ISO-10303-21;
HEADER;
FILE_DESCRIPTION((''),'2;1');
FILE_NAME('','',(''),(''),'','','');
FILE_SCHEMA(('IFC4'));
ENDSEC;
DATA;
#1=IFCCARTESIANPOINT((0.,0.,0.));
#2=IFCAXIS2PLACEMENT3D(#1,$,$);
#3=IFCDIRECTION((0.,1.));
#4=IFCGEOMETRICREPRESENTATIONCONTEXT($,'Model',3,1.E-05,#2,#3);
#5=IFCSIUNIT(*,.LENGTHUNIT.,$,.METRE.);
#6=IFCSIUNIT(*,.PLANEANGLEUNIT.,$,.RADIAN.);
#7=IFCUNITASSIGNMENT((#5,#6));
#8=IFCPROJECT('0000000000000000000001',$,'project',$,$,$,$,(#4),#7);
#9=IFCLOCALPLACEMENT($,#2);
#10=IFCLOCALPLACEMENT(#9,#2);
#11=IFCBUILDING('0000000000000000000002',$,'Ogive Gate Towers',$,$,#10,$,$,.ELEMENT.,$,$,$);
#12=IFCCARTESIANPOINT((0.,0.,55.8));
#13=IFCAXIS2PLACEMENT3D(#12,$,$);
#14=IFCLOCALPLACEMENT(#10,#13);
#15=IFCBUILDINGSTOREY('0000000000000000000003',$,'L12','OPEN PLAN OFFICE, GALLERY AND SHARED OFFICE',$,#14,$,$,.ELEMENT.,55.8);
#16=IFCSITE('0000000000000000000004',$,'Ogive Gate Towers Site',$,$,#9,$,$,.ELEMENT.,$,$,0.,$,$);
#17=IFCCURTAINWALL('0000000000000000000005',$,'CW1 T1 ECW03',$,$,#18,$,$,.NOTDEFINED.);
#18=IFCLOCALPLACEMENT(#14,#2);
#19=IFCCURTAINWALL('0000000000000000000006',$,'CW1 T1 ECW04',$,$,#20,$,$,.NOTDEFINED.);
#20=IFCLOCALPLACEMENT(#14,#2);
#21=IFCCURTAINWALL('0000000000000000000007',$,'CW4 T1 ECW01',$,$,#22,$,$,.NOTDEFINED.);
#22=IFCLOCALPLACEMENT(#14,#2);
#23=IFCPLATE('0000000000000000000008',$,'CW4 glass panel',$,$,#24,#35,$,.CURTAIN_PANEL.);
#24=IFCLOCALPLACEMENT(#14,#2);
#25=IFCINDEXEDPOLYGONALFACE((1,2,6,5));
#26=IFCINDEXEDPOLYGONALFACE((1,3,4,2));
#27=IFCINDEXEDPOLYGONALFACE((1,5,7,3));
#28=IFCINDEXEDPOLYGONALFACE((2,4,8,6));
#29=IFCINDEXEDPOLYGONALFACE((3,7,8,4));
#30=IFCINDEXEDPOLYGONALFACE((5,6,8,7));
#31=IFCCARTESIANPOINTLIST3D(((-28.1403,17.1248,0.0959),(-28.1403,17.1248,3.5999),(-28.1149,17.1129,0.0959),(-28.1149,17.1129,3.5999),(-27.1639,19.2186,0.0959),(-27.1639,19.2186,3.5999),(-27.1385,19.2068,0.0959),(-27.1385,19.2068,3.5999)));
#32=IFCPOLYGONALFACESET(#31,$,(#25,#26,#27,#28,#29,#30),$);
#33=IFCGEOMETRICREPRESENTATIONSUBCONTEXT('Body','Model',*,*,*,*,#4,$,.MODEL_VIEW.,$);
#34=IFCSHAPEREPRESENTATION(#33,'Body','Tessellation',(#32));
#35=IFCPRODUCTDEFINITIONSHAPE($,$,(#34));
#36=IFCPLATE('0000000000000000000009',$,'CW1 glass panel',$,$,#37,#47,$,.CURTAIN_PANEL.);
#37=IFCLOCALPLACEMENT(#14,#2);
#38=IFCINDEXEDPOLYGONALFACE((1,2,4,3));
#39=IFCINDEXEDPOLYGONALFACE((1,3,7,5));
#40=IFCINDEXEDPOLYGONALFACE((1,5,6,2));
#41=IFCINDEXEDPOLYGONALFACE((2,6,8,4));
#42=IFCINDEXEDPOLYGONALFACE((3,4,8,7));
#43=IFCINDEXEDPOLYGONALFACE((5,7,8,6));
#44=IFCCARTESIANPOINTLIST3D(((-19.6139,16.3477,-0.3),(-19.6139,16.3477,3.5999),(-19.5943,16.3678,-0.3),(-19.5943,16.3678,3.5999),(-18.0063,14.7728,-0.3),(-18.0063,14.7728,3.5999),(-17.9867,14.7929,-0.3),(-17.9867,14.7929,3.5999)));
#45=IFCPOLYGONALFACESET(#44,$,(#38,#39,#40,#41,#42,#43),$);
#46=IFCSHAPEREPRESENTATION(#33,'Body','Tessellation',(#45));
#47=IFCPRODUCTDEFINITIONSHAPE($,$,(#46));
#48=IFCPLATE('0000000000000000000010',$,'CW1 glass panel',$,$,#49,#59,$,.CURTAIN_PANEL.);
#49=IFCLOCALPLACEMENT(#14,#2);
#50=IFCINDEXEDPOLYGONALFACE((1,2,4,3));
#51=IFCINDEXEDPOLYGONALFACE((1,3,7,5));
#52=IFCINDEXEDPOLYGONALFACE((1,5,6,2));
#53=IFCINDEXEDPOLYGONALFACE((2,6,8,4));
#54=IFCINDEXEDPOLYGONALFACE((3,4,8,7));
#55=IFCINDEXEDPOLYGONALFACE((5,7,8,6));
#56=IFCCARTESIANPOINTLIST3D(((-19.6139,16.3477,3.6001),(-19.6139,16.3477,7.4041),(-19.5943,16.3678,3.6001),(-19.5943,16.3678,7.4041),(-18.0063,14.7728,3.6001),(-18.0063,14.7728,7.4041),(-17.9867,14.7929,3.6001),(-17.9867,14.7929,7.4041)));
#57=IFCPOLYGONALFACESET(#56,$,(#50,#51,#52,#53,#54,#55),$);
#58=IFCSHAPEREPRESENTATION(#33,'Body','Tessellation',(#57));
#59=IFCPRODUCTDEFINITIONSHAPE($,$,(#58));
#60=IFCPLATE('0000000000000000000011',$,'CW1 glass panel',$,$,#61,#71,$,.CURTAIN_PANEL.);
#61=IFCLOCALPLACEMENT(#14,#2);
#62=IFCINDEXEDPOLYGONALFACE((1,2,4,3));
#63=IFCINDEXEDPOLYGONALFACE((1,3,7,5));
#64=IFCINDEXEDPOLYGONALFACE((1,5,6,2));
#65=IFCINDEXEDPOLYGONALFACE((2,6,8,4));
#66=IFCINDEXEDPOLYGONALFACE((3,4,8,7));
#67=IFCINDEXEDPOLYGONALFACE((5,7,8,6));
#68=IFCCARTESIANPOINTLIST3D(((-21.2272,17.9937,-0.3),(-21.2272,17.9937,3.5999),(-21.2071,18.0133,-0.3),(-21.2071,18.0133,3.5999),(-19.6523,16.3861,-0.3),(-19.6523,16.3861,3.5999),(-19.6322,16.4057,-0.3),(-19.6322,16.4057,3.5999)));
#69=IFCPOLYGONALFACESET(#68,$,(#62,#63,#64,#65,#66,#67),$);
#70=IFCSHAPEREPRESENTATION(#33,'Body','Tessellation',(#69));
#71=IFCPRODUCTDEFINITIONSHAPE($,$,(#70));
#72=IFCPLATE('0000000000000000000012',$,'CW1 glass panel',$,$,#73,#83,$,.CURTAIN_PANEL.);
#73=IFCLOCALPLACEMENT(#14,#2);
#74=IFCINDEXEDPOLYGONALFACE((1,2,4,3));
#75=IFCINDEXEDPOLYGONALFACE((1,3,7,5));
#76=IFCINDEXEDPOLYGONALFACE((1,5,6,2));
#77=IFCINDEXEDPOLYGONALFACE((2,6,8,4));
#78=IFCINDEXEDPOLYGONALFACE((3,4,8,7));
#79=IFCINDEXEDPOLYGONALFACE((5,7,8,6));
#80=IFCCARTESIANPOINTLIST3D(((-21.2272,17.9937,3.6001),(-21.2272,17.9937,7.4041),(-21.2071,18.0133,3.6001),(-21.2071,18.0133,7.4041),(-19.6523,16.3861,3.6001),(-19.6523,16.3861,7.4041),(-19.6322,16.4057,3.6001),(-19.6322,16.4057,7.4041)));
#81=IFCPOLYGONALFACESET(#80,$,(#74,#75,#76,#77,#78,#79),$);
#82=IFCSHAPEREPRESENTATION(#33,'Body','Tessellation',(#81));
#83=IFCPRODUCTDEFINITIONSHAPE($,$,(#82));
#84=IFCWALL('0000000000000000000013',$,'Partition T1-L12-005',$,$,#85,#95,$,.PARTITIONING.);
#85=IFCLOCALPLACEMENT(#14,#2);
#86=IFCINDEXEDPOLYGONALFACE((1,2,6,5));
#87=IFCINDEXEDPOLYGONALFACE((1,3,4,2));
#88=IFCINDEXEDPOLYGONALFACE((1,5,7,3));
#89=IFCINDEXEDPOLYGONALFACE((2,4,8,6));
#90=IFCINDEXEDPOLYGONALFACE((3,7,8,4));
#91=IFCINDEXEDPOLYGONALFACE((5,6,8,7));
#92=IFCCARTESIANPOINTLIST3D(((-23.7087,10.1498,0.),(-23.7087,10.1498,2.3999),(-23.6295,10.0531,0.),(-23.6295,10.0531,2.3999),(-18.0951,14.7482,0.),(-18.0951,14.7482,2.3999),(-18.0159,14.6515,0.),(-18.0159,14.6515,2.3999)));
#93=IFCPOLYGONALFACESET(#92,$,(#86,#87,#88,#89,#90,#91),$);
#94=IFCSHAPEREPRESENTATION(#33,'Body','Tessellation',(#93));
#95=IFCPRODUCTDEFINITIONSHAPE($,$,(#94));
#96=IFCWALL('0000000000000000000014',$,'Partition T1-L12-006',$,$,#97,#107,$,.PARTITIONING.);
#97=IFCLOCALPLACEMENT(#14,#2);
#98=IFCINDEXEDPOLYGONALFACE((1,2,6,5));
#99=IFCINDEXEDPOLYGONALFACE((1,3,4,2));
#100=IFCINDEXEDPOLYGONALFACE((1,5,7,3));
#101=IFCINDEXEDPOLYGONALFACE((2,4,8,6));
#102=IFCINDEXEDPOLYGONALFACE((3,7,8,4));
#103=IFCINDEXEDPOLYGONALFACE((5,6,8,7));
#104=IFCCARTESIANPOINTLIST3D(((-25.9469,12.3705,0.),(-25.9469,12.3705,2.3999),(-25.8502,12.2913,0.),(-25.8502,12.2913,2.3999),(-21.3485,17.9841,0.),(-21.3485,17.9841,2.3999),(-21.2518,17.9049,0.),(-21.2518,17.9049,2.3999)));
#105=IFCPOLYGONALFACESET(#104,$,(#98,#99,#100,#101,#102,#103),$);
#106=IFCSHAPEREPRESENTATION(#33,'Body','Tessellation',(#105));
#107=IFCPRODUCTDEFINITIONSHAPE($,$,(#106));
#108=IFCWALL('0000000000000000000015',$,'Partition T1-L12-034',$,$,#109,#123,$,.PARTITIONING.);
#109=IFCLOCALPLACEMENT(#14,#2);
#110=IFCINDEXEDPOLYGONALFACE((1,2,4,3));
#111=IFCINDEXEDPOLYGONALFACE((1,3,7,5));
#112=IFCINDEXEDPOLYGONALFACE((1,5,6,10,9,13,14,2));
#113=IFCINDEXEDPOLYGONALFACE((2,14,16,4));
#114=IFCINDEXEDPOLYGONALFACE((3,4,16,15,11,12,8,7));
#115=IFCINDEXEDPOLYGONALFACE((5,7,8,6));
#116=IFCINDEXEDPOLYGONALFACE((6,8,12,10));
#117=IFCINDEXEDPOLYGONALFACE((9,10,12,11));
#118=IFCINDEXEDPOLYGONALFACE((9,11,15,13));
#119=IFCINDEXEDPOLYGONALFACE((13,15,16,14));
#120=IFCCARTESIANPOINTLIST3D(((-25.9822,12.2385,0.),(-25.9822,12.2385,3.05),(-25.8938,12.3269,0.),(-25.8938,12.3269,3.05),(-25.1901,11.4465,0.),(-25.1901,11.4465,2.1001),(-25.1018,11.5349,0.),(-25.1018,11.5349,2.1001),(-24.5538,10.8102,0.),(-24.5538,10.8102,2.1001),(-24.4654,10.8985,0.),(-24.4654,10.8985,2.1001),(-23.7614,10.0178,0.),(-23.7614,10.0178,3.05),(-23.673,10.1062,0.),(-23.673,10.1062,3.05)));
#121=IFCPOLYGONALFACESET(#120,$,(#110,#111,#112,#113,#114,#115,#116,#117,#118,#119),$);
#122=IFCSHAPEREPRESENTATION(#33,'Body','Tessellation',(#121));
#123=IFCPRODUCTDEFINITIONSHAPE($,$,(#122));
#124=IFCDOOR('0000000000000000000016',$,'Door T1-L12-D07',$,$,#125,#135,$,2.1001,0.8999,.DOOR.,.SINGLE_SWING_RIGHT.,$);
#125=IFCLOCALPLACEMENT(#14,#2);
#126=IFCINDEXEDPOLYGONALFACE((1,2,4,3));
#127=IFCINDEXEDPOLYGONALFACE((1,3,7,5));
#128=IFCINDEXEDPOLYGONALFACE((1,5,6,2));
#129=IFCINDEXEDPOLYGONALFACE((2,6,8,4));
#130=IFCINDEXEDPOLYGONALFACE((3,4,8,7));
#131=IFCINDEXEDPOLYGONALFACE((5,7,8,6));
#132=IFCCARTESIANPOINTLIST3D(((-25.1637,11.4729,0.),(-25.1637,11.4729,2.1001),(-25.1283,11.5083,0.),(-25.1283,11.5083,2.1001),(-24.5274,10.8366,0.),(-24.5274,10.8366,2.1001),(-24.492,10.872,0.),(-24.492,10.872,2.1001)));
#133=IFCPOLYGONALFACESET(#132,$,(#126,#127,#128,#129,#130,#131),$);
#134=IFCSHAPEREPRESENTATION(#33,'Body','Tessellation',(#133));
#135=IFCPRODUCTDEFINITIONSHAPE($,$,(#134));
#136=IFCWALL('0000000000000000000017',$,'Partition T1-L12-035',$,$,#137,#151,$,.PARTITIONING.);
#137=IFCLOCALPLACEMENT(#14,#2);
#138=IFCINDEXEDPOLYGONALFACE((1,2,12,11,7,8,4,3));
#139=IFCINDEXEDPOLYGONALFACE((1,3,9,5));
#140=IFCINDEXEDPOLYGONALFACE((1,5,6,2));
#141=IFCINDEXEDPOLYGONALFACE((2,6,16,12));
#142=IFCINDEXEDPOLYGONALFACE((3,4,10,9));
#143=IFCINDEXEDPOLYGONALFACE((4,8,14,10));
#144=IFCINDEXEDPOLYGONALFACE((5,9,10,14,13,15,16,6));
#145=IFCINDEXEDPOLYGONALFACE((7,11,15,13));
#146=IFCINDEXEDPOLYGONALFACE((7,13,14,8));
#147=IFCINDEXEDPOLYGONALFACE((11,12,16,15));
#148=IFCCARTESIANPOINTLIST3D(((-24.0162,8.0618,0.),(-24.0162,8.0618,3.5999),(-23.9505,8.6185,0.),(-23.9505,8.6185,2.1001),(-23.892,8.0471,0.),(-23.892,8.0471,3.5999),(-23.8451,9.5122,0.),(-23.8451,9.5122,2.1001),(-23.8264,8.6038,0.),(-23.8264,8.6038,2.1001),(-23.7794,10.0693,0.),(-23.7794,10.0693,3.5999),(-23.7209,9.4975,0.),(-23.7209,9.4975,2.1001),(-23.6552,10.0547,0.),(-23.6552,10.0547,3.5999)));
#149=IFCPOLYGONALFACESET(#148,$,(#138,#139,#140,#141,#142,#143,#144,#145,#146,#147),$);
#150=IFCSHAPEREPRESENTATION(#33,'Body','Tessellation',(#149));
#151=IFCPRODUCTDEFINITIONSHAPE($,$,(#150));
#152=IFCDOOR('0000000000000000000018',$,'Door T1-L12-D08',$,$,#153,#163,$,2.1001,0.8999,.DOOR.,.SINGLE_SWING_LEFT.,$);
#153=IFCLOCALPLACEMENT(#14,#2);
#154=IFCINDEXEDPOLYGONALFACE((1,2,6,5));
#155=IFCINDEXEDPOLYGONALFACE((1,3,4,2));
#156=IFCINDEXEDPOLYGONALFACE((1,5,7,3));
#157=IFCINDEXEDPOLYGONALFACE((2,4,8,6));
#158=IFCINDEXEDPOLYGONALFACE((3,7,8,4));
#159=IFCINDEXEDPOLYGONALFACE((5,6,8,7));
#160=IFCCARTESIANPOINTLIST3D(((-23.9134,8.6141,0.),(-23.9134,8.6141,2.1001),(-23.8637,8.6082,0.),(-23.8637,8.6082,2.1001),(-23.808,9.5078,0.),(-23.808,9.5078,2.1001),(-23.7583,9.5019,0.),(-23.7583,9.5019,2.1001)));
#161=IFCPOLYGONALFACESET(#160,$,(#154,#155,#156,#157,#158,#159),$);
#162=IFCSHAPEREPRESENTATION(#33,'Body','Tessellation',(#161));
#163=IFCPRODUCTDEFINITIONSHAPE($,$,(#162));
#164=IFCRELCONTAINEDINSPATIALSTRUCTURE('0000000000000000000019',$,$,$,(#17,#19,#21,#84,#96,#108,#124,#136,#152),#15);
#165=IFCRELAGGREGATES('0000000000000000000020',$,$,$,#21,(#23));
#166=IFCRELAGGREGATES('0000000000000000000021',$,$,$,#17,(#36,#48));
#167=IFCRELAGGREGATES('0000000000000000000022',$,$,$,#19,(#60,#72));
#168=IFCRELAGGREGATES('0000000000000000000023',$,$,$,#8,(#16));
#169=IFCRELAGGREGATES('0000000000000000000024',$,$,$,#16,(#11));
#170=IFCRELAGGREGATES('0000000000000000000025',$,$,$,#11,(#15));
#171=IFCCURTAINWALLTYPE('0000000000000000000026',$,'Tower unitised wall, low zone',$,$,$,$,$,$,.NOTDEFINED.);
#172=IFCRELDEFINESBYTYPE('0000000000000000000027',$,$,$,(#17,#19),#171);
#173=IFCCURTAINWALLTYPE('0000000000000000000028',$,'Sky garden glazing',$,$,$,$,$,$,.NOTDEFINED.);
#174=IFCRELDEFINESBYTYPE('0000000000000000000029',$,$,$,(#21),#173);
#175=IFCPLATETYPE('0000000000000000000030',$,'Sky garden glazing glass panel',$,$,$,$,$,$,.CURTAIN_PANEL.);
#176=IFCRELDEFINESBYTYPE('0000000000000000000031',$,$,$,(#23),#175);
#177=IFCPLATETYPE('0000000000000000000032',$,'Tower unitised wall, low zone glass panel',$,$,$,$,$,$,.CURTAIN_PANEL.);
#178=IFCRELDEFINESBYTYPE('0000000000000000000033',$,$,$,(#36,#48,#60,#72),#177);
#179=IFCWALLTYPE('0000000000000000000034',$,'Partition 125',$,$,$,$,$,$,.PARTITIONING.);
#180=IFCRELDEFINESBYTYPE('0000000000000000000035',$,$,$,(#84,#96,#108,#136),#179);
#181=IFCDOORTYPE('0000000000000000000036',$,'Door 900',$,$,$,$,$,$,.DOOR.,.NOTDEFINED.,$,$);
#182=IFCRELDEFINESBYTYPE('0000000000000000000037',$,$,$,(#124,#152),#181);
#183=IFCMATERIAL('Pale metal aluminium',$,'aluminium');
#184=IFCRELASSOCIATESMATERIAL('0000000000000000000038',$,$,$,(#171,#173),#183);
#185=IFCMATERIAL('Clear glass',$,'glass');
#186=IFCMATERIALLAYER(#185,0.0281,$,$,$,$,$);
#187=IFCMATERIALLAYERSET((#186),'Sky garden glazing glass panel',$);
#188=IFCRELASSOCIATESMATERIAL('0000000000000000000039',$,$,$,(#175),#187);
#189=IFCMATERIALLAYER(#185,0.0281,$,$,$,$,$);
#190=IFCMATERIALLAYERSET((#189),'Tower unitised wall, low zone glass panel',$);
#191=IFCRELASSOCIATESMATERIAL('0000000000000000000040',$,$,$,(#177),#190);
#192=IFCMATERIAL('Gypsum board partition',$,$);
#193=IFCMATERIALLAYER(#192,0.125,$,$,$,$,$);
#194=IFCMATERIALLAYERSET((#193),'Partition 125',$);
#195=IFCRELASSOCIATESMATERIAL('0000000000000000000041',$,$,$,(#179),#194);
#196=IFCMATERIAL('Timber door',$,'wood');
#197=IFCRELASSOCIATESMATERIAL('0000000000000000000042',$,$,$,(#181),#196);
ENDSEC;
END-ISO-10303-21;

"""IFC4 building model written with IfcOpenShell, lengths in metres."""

from ifc_helpers import new_model, si_unit, direction, frame, frame_2d, origin, origin_2d, place, context, subcontext, project, spatial, rectangle, extrude, material, layer, layer_set, type_object, element, fill, aggregate, save


model = new_model("IFC4")

# Units and contexts
model_context = context("Model", 3, precision=1e-05, world=origin(), true_north=direction((0.0, 1.0)))
body_context = subcontext(model_context, "Body", "Model", "MODEL_VIEW")
ifc_project = project(units=[si_unit("LENGTHUNIT", "METRE"), si_unit("PLANEANGLEUNIT", "RADIAN")], contexts=[model_context])

# Site, building, storey
site_placement = place(None, origin())
site = spatial("IfcSite", under=ifc_project, at=site_placement, Name="Ogive Gate Towers Site", CompositionType="ELEMENT", RefElevation=0.0)
building_placement = place(site_placement, origin())
building = spatial("IfcBuilding", under=site, at=building_placement, Name="Ogive Gate Towers", CompositionType="ELEMENT")
storey_placement = place(building_placement, frame((0.0, 0.0, 55.8)))
storey = spatial("IfcBuildingStorey", under=building, at=storey_placement, Name="L12", Description="OPEN PLAN OFFICE, GALLERY AND SHARED OFFICE", CompositionType="ELEMENT", Elevation=55.8)

# Curtain wall
ifc_material_1 = material(Name="Pale metal aluminium", Category="aluminium")
curtain_wall_type_1 = type_object("IfcCurtainWallType", Name="Tower unitised wall, low zone", PredefinedType="NOTDEFINED", material=ifc_material_1)
curtain_wall_1_placement = place(storey_placement, origin())
curtain_wall_1 = element("IfcCurtainWall", 1, at=curtain_wall_1_placement, inside=storey, type_object=curtain_wall_type_1, Name="CW1 T1 ECW03", PredefinedType="NOTDEFINED")

# Curtain wall
curtain_wall_2_placement = place(storey_placement, origin())
curtain_wall_2 = element("IfcCurtainWall", 2, at=curtain_wall_2_placement, inside=storey, type_object=curtain_wall_type_1, Name="CW1 T1 ECW04", PredefinedType="NOTDEFINED")

# Curtain wall, plate
curtain_wall_type_2 = type_object("IfcCurtainWallType", Name="Sky garden glazing", PredefinedType="NOTDEFINED", material=ifc_material_1)
curtain_wall_3_placement = place(storey_placement, origin())
curtain_wall_3 = element("IfcCurtainWall", 3, at=curtain_wall_3_placement, inside=storey, type_object=curtain_wall_type_2, Name="CW4 T1 ECW01", PredefinedType="NOTDEFINED")
ifc_material_2 = material(Name="Clear glass", Category="glass")
ifc_layer_1 = layer(ifc_material_2, 0.0281)
ifc_layer_set_1 = layer_set([ifc_layer_1], Name="Sky garden glazing glass panel")
plate_type_1 = type_object("IfcPlateType", Name="Sky garden glazing glass panel", PredefinedType="CURTAIN_PANEL", material=ifc_layer_set_1)
plate_1_placement = place(storey_placement, frame((-27.6394, 18.1658, 0.0959), z_axis=(0.0, 0.0, 1.0), x_axis=(0.422618, 0.906308, 0.0)))
plate_1 = element("IfcPlate", 4, at=plate_1_placement, type_object=plate_type_1, Name="CW4 glass panel", PredefinedType="CURTAIN_PANEL", context=body_context, shape_type="SweptSolid", body=[
    extrude(rectangle(XDim=2.3103, YDim=0.0281, at=origin_2d()), origin(), (0.0, 0.0, 1.0), 3.5039),
])
aggregate(curtain_wall_3, [plate_1])

# Plates
ifc_layer_2 = layer(ifc_material_2, 0.0281)
ifc_layer_set_2 = layer_set([ifc_layer_2], Name="Tower unitised wall, low zone glass panel")
plate_type_2 = type_object("IfcPlateType", Name="Tower unitised wall, low zone glass panel", PredefinedType="CURTAIN_PANEL", material=ifc_layer_set_2)
plate_2_placement = place(storey_placement, frame((-18.8003, 15.5703, -0.3), z_axis=(0.0, 0.0, 1.0), x_axis=(0.714338, -0.6998, 0.0)))
plate_2 = element("IfcPlate", 5, at=plate_2_placement, type_object=plate_type_2, Name="CW1 glass panel", PredefinedType="CURTAIN_PANEL", context=body_context, shape_type="SweptSolid", body=[
    extrude(rectangle(XDim=2.2505, YDim=0.0281, at=origin_2d()), origin(), (0.0, 0.0, 1.0), 3.8999),
])
plate_3_placement = place(storey_placement, frame((-18.8003, 15.5703, 3.6001), z_axis=(0.0, 0.0, 1.0), x_axis=(0.714338, -0.6998, 0.0)))
plate_3 = element("IfcPlate", 6, at=plate_3_placement, type_object=plate_type_2, Name="CW1 glass panel", PredefinedType="CURTAIN_PANEL", context=body_context, shape_type="SweptSolid", body=[
    extrude(rectangle(XDim=2.2505, YDim=0.0281, at=origin_2d()), origin(), (0.0, 0.0, 1.0), 3.804),
])
aggregate(curtain_wall_1, [plate_2, plate_3])
plate_4_placement = place(storey_placement, frame((-20.4297, 17.1997, -0.3), z_axis=(0.0, 0.0, 1.0), x_axis=(0.6998, -0.714338, 0.0)))
plate_4 = element("IfcPlate", 7, at=plate_4_placement, type_object=plate_type_2, Name="CW1 glass panel", PredefinedType="CURTAIN_PANEL", context=body_context, shape_type="SweptSolid", body=[
    extrude(rectangle(XDim=2.2505, YDim=0.0281, at=origin_2d()), origin(), (0.0, 0.0, 1.0), 3.8999),
])
plate_5_placement = place(storey_placement, frame((-20.4297, 17.1997, 3.6001), z_axis=(0.0, 0.0, 1.0), x_axis=(0.6998, -0.714338, 0.0)))
plate_5 = element("IfcPlate", 8, at=plate_5_placement, type_object=plate_type_2, Name="CW1 glass panel", PredefinedType="CURTAIN_PANEL", context=body_context, shape_type="SweptSolid", body=[
    extrude(rectangle(XDim=2.2505, YDim=0.0281, at=origin_2d()), origin(), (0.0, 0.0, 1.0), 3.804),
])
aggregate(curtain_wall_2, [plate_4, plate_5])

# Walls
ifc_material_3 = material(Name="Gypsum board partition")
ifc_layer_3 = layer(ifc_material_3, 0.125)
ifc_layer_set_3 = layer_set([ifc_layer_3], Name="Partition 125")
wall_type = type_object("IfcWallType", Name="Partition 125", PredefinedType="PARTITIONING", material=ifc_layer_set_3)
for number, where, z_axis, x_axis, name in (
    (9, (-18.0554, 14.7, 0.0), (0.0, 0.0, 1.0), (-0.773585, -0.633692, 0.0), "Partition T1-L12-005"),
    (10, (-21.3, 17.9446, 0.0), (0.0, 0.0, 1.0), (-0.633692, -0.773585, 0.0), "Partition T1-L12-006"),
):
    element("IfcWall", number, at=place(storey_placement, frame(where, z_axis=z_axis, x_axis=x_axis)), inside=storey, type_object=wall_type, Name=name, PredefinedType="PARTITIONING", context=body_context, shape_type="SweptSolid", body=[
        extrude(rectangle(XDim=7.2566, YDim=0.125, at=frame_2d((3.6284, 0.0))), origin(), (0.0, 0.0, 1.0), 2.3999),
    ])

# Walls, openings, doors
wall_1_placement = place(storey_placement, frame((-25.938, 12.2827, 0.0), z_axis=(0.0, 0.0, 1.0), x_axis=(0.707107, -0.707107, 0.0)))
wall_1 = element("IfcWall", 11, at=wall_1_placement, inside=storey, type_object=wall_type, Name="Partition T1-L12-034", PredefinedType="PARTITIONING", context=body_context, shape_type="SweptSolid", body=[
    extrude(rectangle(XDim=3.1406, YDim=0.125, at=frame_2d((1.5703, 0.0))), origin(), (0.0, 0.0, 1.0), 3.05),
])
opening_1_placement = place(wall_1_placement, frame((1.1201, 0.0, 0.0)))
opening_1 = element("IfcOpeningElement", 12, at=opening_1_placement, cuts=wall_1, PredefinedType="OPENING", context=body_context, shape_type="SweptSolid", body=[
    extrude(rectangle(XDim=0.8999, YDim=2.1001, at=frame_2d((0.45, 1.05))), frame((0.0, 0.0725, 0.0), z_axis=(0.0, -1.0, 0.0), x_axis=(1.0, 0.0, 0.0)), (0.0, 0.0, 1.0), 0.145),
])
ifc_material_4 = material(Name="Timber door", Category="wood")
door_type_1 = type_object("IfcDoorType", Name="Door 900", OperationType="NOTDEFINED", PredefinedType="DOOR", material=ifc_material_4)
door_1_placement = place(opening_1_placement, origin())
door_1 = element("IfcDoor", 13, at=door_1_placement, inside=storey, type_object=door_type_1, Name="Door T1-L12-D07", OperationType="SINGLE_SWING_RIGHT", OverallHeight=2.1001, OverallWidth=0.8999, PredefinedType="DOOR", context=body_context, shape_type="SweptSolid", body=[
    extrude(rectangle(XDim=0.8999, YDim=2.1001, at=frame_2d((0.45, 1.05))), frame((0.0, 0.0249, 0.0), z_axis=(0.0, -1.0, 0.0), x_axis=(1.0, 0.0, 0.0)), (0.0, 0.0, 1.0), 0.05),
])
fill(opening_1, door_1)
wall_2_placement = place(storey_placement, frame((-23.7173, 10.062, 0.0), z_axis=(0.0, 0.0, 1.0), x_axis=(-0.11715, -0.993114, 0.0)))
wall_2 = element("IfcWall", 14, at=wall_2_placement, inside=storey, type_object=wall_type, Name="Partition T1-L12-035", PredefinedType="PARTITIONING", context=body_context, shape_type="SweptSolid", body=[
    extrude(rectangle(XDim=2.0215, YDim=0.125, at=frame_2d((1.0107, 0.0))), origin(), (0.0, 0.0, 1.0), 3.5999),
])
opening_2_placement = place(wall_2_placement, frame((0.561, 0.0, 0.0)))
opening_2 = element("IfcOpeningElement", 15, at=opening_2_placement, cuts=wall_2, PredefinedType="OPENING", context=body_context, shape_type="SweptSolid", body=[
    extrude(rectangle(XDim=0.8999, YDim=2.1001, at=frame_2d((0.45, 1.05))), frame((0.0, 0.0725, 0.0), z_axis=(0.0, -1.0, 0.0), x_axis=(1.0, 0.0, 0.0)), (0.0, 0.0, 1.0), 0.145),
])
door_2_placement = place(opening_2_placement, origin())
door_2 = element("IfcDoor", 16, at=door_2_placement, inside=storey, type_object=door_type_1, Name="Door T1-L12-D08", OperationType="SINGLE_SWING_LEFT", OverallHeight=2.1001, OverallWidth=0.8999, PredefinedType="DOOR", context=body_context, shape_type="SweptSolid", body=[
    extrude(rectangle(XDim=0.8999, YDim=2.1001, at=frame_2d((0.45, 1.05))), frame((0.0, 0.0249, 0.0), z_axis=(0.0, -1.0, 0.0), x_axis=(1.0, 0.0, 0.0)), (0.0, 0.0, 1.0), 0.05),
])
fill(opening_2, door_2)

save(model, "model.ifc")
